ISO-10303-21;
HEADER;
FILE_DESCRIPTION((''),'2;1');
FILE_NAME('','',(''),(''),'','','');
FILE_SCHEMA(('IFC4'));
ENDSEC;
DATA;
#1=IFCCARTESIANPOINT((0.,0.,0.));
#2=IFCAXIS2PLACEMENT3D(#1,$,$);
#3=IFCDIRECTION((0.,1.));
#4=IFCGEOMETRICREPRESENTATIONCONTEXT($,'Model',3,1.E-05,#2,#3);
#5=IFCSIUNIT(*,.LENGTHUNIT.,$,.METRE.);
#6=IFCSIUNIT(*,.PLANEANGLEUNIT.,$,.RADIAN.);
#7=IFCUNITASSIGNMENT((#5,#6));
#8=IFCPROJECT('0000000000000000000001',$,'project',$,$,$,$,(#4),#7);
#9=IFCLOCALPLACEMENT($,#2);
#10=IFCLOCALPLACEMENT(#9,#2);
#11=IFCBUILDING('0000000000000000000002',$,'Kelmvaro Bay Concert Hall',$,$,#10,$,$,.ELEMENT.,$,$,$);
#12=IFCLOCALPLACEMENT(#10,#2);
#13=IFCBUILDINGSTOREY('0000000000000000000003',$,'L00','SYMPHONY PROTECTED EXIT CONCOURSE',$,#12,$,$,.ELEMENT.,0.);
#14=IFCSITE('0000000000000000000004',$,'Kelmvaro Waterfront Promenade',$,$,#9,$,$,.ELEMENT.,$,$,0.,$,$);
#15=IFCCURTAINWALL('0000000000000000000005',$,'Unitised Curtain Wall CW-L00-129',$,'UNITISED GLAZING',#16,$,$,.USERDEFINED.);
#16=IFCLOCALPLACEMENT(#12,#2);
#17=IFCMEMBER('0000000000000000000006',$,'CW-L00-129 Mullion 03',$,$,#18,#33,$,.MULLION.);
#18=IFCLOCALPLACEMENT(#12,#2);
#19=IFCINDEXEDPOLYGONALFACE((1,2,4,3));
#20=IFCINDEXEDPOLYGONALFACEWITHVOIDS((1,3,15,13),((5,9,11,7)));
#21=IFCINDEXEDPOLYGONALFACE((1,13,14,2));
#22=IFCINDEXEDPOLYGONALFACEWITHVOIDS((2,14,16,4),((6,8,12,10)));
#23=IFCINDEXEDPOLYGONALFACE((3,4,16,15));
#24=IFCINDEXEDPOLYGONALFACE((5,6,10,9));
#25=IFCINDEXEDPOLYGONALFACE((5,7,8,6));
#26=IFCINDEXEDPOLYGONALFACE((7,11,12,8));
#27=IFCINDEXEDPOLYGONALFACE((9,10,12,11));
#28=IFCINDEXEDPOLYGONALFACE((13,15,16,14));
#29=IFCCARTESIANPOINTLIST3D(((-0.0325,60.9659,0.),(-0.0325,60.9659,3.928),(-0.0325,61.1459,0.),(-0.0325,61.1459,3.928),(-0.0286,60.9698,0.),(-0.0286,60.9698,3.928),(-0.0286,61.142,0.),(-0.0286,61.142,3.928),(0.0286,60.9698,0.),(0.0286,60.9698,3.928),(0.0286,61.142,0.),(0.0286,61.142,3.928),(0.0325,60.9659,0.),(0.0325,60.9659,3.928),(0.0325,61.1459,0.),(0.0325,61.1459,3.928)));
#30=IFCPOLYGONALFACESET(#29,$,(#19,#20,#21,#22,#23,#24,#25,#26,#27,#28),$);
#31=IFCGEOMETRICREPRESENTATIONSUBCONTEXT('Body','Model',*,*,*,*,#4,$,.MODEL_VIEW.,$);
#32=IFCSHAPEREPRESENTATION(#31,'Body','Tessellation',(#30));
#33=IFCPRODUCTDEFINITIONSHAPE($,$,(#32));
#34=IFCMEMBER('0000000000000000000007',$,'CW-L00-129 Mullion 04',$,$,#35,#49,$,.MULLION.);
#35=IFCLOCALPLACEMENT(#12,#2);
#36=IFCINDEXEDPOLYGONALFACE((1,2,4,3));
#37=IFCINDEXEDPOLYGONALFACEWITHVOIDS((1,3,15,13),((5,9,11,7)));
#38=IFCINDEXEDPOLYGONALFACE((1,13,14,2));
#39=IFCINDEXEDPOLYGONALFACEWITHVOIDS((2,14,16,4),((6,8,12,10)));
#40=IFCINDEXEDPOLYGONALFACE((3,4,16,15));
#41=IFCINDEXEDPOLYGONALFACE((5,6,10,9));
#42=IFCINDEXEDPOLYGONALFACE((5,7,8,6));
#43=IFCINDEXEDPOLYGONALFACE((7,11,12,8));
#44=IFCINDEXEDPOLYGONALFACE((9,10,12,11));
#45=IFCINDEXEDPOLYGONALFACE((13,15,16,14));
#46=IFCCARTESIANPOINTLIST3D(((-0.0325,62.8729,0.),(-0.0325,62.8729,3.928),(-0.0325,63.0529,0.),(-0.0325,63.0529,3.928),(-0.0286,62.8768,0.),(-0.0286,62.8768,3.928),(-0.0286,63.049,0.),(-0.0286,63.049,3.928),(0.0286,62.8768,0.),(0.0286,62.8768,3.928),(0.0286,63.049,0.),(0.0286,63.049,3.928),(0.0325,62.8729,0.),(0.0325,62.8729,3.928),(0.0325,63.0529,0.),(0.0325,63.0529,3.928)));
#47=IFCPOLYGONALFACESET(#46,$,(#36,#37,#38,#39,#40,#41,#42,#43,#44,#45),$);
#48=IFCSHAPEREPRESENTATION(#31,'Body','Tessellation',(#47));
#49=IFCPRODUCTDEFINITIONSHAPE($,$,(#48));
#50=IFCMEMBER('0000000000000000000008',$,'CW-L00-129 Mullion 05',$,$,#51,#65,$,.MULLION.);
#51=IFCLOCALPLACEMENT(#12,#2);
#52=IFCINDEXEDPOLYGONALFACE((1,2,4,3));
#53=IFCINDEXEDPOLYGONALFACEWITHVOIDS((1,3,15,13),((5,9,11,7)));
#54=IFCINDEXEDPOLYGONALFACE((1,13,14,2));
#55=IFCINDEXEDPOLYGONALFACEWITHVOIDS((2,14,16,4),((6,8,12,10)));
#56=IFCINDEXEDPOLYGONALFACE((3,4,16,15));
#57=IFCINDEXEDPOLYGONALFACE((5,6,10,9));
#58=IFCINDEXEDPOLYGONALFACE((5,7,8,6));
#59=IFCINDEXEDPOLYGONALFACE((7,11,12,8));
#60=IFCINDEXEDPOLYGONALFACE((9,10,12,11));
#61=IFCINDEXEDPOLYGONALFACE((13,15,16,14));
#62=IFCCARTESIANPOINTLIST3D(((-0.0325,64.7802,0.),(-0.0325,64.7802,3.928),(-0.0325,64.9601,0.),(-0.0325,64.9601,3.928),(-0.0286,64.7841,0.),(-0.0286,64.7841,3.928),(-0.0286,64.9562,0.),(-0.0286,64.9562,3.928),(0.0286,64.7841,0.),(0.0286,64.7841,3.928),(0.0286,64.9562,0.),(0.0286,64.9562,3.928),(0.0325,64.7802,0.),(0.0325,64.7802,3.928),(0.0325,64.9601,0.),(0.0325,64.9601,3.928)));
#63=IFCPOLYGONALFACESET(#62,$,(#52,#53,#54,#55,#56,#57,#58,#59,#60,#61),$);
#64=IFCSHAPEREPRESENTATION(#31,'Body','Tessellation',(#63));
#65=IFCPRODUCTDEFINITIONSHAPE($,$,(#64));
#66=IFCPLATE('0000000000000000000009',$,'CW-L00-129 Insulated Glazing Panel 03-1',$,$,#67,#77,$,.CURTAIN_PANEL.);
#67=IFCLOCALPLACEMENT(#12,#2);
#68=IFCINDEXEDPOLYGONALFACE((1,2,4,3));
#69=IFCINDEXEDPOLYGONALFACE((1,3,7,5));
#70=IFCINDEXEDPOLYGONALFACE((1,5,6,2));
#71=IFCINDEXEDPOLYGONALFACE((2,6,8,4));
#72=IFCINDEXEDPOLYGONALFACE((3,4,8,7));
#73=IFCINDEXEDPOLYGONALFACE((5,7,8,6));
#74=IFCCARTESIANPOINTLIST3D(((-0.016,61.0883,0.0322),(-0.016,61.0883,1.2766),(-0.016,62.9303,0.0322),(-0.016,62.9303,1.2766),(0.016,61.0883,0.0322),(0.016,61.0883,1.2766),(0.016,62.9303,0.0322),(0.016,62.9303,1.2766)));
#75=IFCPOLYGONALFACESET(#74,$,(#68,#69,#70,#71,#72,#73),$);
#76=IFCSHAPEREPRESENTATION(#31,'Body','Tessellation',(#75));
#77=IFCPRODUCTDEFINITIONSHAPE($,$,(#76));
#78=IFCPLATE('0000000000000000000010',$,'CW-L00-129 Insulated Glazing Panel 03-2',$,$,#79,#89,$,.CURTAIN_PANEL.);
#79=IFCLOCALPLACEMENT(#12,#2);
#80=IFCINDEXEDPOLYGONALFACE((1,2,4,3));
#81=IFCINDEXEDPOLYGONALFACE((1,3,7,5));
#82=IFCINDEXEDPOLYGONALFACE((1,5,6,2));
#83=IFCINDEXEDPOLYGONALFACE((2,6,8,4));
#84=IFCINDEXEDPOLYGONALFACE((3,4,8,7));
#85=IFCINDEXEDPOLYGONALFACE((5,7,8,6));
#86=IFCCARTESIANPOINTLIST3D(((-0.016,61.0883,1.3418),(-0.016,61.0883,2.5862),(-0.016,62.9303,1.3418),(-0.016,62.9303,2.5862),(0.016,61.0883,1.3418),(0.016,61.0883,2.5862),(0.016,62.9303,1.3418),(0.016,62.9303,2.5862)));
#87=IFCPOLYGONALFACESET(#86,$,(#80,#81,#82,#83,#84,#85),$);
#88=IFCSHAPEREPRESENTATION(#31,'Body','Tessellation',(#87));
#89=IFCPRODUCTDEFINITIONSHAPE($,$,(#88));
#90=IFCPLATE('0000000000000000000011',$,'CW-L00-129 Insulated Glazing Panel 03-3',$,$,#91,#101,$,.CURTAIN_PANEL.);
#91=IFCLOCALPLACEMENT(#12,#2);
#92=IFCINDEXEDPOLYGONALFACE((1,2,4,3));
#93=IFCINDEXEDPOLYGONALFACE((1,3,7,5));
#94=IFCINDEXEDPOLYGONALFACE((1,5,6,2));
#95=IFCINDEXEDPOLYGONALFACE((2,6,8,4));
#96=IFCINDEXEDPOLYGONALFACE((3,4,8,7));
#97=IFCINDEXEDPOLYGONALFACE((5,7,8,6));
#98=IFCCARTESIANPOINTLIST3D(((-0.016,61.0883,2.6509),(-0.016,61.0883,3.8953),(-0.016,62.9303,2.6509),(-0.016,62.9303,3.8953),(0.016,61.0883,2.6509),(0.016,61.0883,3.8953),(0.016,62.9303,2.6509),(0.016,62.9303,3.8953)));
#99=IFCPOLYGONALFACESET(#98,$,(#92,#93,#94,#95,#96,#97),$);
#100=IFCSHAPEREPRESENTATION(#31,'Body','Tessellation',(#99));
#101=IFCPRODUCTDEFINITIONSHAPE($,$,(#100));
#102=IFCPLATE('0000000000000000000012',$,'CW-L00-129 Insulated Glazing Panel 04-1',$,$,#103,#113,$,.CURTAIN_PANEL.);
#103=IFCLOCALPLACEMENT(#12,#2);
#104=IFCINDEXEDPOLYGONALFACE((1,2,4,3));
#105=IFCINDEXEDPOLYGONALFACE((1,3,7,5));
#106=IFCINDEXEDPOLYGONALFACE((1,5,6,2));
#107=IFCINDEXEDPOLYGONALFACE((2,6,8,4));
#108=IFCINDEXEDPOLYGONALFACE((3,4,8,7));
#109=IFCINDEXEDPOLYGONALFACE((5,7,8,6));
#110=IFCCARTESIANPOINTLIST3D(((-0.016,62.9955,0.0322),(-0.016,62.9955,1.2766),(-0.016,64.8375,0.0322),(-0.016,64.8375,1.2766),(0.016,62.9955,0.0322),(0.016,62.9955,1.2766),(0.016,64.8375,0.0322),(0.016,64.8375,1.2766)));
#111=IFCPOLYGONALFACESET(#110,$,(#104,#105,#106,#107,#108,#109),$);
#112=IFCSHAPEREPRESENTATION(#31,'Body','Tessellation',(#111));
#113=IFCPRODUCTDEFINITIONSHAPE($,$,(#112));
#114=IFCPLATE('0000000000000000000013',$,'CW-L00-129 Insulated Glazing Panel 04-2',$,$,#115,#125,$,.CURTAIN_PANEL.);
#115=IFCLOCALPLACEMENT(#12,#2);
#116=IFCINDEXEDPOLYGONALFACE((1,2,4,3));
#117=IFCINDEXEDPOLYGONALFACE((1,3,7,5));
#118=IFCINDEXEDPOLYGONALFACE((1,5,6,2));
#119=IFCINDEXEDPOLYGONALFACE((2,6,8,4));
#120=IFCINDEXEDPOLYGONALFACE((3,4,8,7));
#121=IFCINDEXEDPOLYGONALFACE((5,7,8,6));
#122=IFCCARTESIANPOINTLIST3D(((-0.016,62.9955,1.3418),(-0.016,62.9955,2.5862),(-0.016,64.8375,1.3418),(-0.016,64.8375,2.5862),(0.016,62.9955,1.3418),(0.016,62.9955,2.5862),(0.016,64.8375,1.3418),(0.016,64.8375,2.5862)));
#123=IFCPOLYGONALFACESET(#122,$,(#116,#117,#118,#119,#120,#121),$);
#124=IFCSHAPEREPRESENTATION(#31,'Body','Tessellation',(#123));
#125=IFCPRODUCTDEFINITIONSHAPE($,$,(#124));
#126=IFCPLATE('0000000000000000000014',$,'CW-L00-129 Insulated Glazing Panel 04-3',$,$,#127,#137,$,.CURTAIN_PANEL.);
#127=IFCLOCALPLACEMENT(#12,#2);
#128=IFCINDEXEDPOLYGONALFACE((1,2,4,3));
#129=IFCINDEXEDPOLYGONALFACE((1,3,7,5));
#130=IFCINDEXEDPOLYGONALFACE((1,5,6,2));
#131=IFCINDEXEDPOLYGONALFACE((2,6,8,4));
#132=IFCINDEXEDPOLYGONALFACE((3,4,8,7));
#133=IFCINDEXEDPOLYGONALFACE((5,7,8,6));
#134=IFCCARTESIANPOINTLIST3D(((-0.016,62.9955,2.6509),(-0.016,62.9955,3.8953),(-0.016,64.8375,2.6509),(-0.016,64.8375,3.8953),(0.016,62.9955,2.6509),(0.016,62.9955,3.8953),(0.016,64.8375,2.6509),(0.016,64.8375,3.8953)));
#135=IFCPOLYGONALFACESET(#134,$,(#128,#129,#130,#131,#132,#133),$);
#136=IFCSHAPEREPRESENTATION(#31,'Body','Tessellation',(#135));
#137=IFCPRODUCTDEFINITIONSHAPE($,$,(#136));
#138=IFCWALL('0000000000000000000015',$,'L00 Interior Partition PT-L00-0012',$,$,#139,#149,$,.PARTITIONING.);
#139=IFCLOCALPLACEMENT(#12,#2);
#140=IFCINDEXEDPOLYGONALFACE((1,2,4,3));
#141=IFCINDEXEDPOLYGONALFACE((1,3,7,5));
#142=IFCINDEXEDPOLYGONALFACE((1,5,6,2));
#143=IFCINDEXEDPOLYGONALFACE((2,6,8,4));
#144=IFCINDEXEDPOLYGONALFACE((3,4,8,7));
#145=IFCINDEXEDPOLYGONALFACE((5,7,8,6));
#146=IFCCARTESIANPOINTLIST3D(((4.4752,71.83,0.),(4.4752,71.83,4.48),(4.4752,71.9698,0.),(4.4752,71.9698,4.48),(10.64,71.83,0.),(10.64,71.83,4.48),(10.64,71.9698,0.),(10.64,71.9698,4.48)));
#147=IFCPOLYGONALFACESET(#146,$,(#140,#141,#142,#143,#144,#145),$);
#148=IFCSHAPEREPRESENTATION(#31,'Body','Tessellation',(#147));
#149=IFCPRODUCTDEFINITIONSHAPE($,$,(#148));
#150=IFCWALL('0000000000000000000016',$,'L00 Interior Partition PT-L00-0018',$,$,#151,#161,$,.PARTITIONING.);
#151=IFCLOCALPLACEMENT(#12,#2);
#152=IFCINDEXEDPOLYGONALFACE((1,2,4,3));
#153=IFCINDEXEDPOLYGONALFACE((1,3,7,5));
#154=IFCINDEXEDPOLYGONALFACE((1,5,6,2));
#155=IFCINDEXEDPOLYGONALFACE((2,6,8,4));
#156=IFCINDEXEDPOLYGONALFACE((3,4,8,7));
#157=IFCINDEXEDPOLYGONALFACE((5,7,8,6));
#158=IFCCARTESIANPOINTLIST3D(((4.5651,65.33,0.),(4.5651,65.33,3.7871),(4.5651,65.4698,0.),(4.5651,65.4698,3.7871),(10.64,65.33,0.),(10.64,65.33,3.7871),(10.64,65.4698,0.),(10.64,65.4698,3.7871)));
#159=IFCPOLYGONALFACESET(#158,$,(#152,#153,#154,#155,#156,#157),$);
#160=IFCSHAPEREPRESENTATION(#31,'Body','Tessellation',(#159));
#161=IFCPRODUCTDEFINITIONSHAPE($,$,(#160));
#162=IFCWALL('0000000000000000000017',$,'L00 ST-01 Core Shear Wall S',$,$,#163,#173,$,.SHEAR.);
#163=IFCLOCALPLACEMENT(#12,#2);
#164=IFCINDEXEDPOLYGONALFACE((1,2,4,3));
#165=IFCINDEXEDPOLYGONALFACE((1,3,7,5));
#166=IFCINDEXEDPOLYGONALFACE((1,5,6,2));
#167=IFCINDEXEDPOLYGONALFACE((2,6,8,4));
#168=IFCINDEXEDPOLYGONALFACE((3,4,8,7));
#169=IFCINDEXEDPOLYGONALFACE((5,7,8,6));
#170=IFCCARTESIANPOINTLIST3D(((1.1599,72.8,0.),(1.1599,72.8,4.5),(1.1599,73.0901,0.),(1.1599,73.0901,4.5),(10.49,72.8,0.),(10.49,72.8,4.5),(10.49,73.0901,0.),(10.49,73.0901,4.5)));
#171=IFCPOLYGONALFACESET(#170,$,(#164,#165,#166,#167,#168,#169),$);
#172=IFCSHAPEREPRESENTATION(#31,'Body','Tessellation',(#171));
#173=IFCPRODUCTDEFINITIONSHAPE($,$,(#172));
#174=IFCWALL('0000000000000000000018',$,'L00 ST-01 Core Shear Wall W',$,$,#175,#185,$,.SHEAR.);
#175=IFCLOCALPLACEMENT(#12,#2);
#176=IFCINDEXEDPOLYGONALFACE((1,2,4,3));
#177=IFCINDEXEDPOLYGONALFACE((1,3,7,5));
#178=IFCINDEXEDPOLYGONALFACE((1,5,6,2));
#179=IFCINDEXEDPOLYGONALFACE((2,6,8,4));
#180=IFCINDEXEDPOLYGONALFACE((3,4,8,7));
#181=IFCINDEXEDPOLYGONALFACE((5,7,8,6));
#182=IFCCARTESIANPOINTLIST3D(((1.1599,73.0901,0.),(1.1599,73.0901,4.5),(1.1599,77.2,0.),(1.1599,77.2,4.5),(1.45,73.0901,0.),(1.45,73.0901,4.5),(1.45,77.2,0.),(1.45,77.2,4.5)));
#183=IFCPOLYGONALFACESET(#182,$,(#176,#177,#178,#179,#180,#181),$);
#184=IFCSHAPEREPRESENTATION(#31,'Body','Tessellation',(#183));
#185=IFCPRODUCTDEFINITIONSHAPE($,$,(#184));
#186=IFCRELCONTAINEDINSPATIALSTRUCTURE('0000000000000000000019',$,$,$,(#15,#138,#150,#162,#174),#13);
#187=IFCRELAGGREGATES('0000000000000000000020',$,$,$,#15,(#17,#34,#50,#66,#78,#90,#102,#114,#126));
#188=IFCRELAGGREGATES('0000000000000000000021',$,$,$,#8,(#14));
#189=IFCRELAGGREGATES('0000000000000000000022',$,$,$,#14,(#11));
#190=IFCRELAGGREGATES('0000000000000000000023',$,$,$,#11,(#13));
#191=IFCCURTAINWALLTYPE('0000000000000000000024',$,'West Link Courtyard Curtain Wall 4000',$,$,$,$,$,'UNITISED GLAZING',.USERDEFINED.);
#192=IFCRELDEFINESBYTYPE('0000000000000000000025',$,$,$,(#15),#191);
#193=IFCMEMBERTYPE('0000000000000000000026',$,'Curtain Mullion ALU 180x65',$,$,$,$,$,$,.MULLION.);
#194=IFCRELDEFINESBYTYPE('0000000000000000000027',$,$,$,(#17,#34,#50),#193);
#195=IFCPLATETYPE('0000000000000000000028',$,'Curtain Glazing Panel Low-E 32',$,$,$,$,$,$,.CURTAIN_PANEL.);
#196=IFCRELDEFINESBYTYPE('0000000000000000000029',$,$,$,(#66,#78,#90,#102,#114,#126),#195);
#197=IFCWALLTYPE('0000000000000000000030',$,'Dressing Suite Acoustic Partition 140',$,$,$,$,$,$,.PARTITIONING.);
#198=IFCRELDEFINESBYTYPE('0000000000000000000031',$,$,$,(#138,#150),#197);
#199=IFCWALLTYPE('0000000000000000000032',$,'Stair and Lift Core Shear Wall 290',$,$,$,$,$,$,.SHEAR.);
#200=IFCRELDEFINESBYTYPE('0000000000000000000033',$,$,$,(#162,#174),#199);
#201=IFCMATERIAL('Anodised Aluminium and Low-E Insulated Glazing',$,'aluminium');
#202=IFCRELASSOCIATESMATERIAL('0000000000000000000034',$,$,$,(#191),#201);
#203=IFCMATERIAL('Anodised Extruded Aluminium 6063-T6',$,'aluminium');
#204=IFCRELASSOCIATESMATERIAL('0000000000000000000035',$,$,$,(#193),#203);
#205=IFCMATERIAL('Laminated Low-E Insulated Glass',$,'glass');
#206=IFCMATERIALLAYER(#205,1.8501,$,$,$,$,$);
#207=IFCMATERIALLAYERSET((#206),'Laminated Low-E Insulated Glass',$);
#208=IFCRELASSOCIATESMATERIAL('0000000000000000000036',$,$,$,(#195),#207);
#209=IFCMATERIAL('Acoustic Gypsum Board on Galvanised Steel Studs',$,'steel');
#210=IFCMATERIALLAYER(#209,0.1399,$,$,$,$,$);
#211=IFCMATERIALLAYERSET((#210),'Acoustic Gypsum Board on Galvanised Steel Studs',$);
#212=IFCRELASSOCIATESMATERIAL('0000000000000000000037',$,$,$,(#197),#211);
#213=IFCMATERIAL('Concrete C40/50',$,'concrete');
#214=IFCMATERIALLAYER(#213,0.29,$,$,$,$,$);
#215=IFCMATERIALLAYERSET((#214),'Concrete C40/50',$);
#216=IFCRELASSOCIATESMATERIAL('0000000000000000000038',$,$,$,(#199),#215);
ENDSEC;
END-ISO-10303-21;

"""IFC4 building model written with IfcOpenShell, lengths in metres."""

from ifc_helpers import new_model, si_unit, direction, frame, frame_2d, origin, origin_2d, place, context, subcontext, project, spatial, rectangle, hollow_rectangle, extrude, material, layer, layer_set, material_profile, profile_set, type_object, element, aggregate, save


model = new_model("IFC4")

# Units and contexts
model_context = context("Model", 3, precision=1e-05, world=origin(), true_north=direction((0.0, 1.0)))
body_context = subcontext(model_context, "Body", "Model", "MODEL_VIEW")
ifc_project = project(units=[si_unit("LENGTHUNIT", "METRE"), si_unit("PLANEANGLEUNIT", "RADIAN")], contexts=[model_context])

# Site, building, storey
site_placement = place(None, origin())
site = spatial("IfcSite", under=ifc_project, at=site_placement, Name="Kelmvaro Waterfront Promenade", CompositionType="ELEMENT", RefElevation=0.0)
building_placement = place(site_placement, origin())
building = spatial("IfcBuilding", under=site, at=building_placement, Name="Kelmvaro Bay Concert Hall", CompositionType="ELEMENT")
storey_placement = place(building_placement, origin())
storey = spatial("IfcBuildingStorey", under=building, at=storey_placement, Name="L00", Description="SYMPHONY PROTECTED EXIT CONCOURSE", CompositionType="ELEMENT", Elevation=0.0)

# Curtain wall, members, plates
ifc_material_1 = material(Name="Anodised Aluminium and Low-E Insulated Glazing", Category="aluminium")
curtain_wall_type = type_object("IfcCurtainWallType", Name="West Link Courtyard Curtain Wall 4000", ElementType="UNITISED GLAZING", PredefinedType="USERDEFINED", material=ifc_material_1)
curtain_wall_placement = place(storey_placement, origin())
curtain_wall = element("IfcCurtainWall", 1, at=curtain_wall_placement, inside=storey, type_object=curtain_wall_type, Name="Unitised Curtain Wall CW-L00-129", ObjectType="UNITISED GLAZING", PredefinedType="USERDEFINED")
ifc_material_2 = material(Name="Anodised Extruded Aluminium 6063-T6", Category="aluminium")
ifc_material_profile_1 = material_profile(ifc_material_2, hollow_rectangle(XDim=0.0649, YDim=0.1799, WallThickness=0.0039, at=origin_2d()), Name="ALU-MUL-180X65")
ifc_profile_set_1 = profile_set([ifc_material_profile_1], Name="Anodised Extruded Aluminium 6063-T6")
member_type = type_object("IfcMemberType", Name="Curtain Mullion ALU 180x65", PredefinedType="MULLION", material=ifc_profile_set_1)
member_1_placement = place(storey_placement, frame((0.0, 61.0559, 0.0), z_axis=(0.0, 0.0, 1.0), x_axis=(1.0, 0.0, 0.0)))
member_1 = element("IfcMember", 2, at=member_1_placement, type_object=member_type, Name="CW-L00-129 Mullion 03", PredefinedType="MULLION", context=body_context, shape_type="SweptSolid", body=[
    extrude(hollow_rectangle(XDim=0.0649, YDim=0.1799, WallThickness=0.0039, at=origin_2d()), origin(), (0.0, 0.0, 1.0), 3.928),
])
member_2_placement = place(storey_placement, frame((0.0, 62.9629, 0.0), z_axis=(0.0, 0.0, 1.0), x_axis=(1.0, 0.0, 0.0)))
member_2 = element("IfcMember", 3, at=member_2_placement, type_object=member_type, Name="CW-L00-129 Mullion 04", PredefinedType="MULLION", context=body_context, shape_type="SweptSolid", body=[
    extrude(hollow_rectangle(XDim=0.0649, YDim=0.1799, WallThickness=0.0039, at=origin_2d()), origin(), (0.0, 0.0, 1.0), 3.928),
])
member_3_placement = place(storey_placement, frame((0.0, 64.8701, 0.0), z_axis=(0.0, 0.0, 1.0), x_axis=(1.0, 0.0, 0.0)))
member_3 = element("IfcMember", 4, at=member_3_placement, type_object=member_type, Name="CW-L00-129 Mullion 05", PredefinedType="MULLION", context=body_context, shape_type="SweptSolid", body=[
    extrude(hollow_rectangle(XDim=0.0649, YDim=0.1799, WallThickness=0.0039, at=origin_2d()), origin(), (0.0, 0.0, 1.0), 3.928),
])
ifc_material_3 = material(Name="Laminated Low-E Insulated Glass", Category="glass")
ifc_layer_1 = layer(ifc_material_3, 1.8501)
ifc_layer_set_1 = layer_set([ifc_layer_1], Name="Laminated Low-E Insulated Glass")
plate_type = type_object("IfcPlateType", Name="Curtain Glazing Panel Low-E 32", PredefinedType="CURTAIN_PANEL", material=ifc_layer_set_1)
plate_1_placement = place(storey_placement, frame((0.0, 62.0093, 0.0322), z_axis=(0.0, 0.0, 1.0), x_axis=(0.0, 1.0, 0.0)))
plate_1 = element("IfcPlate", 5, at=plate_1_placement, type_object=plate_type, Name="CW-L00-129 Insulated Glazing Panel 03-1", PredefinedType="CURTAIN_PANEL", context=body_context, shape_type="SweptSolid", body=[
    extrude(rectangle(XDim=1.842, YDim=0.032, at=origin_2d()), origin(), (0.0, 0.0, 1.0), 1.2444),
])
plate_2_placement = place(storey_placement, frame((0.0, 62.0093, 1.3418), z_axis=(0.0, 0.0, 1.0), x_axis=(0.0, 1.0, 0.0)))
plate_2 = element("IfcPlate", 6, at=plate_2_placement, type_object=plate_type, Name="CW-L00-129 Insulated Glazing Panel 03-2", PredefinedType="CURTAIN_PANEL", context=body_context, shape_type="SweptSolid", body=[
    extrude(rectangle(XDim=1.842, YDim=0.032, at=origin_2d()), origin(), (0.0, 0.0, 1.0), 1.2444),
])
plate_3_placement = place(storey_placement, frame((0.0, 62.0093, 2.6509), z_axis=(0.0, 0.0, 1.0), x_axis=(0.0, 1.0, 0.0)))
plate_3 = element("IfcPlate", 7, at=plate_3_placement, type_object=plate_type, Name="CW-L00-129 Insulated Glazing Panel 03-3", PredefinedType="CURTAIN_PANEL", context=body_context, shape_type="SweptSolid", body=[
    extrude(rectangle(XDim=1.842, YDim=0.032, at=origin_2d()), origin(), (0.0, 0.0, 1.0), 1.2444),
])
plate_4_placement = place(storey_placement, frame((0.0, 63.9165, 0.0322), z_axis=(0.0, 0.0, 1.0), x_axis=(0.0, 1.0, 0.0)))
plate_4 = element("IfcPlate", 8, at=plate_4_placement, type_object=plate_type, Name="CW-L00-129 Insulated Glazing Panel 04-1", PredefinedType="CURTAIN_PANEL", context=body_context, shape_type="SweptSolid", body=[
    extrude(rectangle(XDim=1.842, YDim=0.032, at=origin_2d()), origin(), (0.0, 0.0, 1.0), 1.2444),
])
plate_5_placement = place(storey_placement, frame((0.0, 63.9165, 1.3418), z_axis=(0.0, 0.0, 1.0), x_axis=(0.0, 1.0, 0.0)))
plate_5 = element("IfcPlate", 9, at=plate_5_placement, type_object=plate_type, Name="CW-L00-129 Insulated Glazing Panel 04-2", PredefinedType="CURTAIN_PANEL", context=body_context, shape_type="SweptSolid", body=[
    extrude(rectangle(XDim=1.842, YDim=0.032, at=origin_2d()), origin(), (0.0, 0.0, 1.0), 1.2444),
])
plate_6_placement = place(storey_placement, frame((0.0, 63.9165, 2.6509), z_axis=(0.0, 0.0, 1.0), x_axis=(0.0, 1.0, 0.0)))
plate_6 = element("IfcPlate", 10, at=plate_6_placement, type_object=plate_type, Name="CW-L00-129 Insulated Glazing Panel 04-3", PredefinedType="CURTAIN_PANEL", context=body_context, shape_type="SweptSolid", body=[
    extrude(rectangle(XDim=1.842, YDim=0.032, at=origin_2d()), origin(), (0.0, 0.0, 1.0), 1.2444),
])
aggregate(curtain_wall, [member_1, member_2, member_3, plate_1, plate_2, plate_3, plate_4, plate_5, plate_6])

# Walls
ifc_material_4 = material(Name="Acoustic Gypsum Board on Galvanised Steel Studs", Category="steel")
ifc_layer_2 = layer(ifc_material_4, 0.1399)
ifc_layer_set_2 = layer_set([ifc_layer_2], Name="Acoustic Gypsum Board on Galvanised Steel Studs")
wall_type_1 = type_object("IfcWallType", Name="Dressing Suite Acoustic Partition 140", PredefinedType="PARTITIONING", material=ifc_layer_set_2)
wall_1_placement = place(storey_placement, frame((4.4751, 71.8999, 0.0), z_axis=(0.0, 0.0, 1.0), x_axis=(1.0, 0.0, 0.0)))
element("IfcWall", 11, at=wall_1_placement, inside=storey, type_object=wall_type_1, Name="L00 Interior Partition PT-L00-0012", PredefinedType="PARTITIONING", context=body_context, shape_type="SweptSolid", body=[
    extrude(rectangle(XDim=6.1648, YDim=0.1399, at=frame_2d((3.0825, 0.0))), origin(), (0.0, 0.0, 1.0), 4.48),
])
wall_2_placement = place(storey_placement, frame((4.5649, 65.3999, 0.0), z_axis=(0.0, 0.0, 1.0), x_axis=(1.0, 0.0, 0.0)))
element("IfcWall", 12, at=wall_2_placement, inside=storey, type_object=wall_type_1, Name="L00 Interior Partition PT-L00-0018", PredefinedType="PARTITIONING", context=body_context, shape_type="SweptSolid", body=[
    extrude(rectangle(XDim=6.075, YDim=0.1399, at=frame_2d((3.0376, 0.0))), origin(), (0.0, 0.0, 1.0), 3.7871),
])
ifc_material_5 = material(Name="Concrete C40/50", Category="concrete")
ifc_layer_3 = layer(ifc_material_5, 0.29)
ifc_layer_set_3 = layer_set([ifc_layer_3], Name="Concrete C40/50")
wall_type_2 = type_object("IfcWallType", Name="Stair and Lift Core Shear Wall 290", PredefinedType="SHEAR", material=ifc_layer_set_3)
wall_3_placement = place(storey_placement, frame((1.1599, 72.9451, 0.0), z_axis=(0.0, 0.0, 1.0), x_axis=(1.0, 0.0, 0.0)))
element("IfcWall", 13, at=wall_3_placement, inside=storey, type_object=wall_type_2, Name="L00 ST-01 Core Shear Wall S", PredefinedType="SHEAR", context=body_context, shape_type="SweptSolid", body=[
    extrude(rectangle(XDim=9.3301, YDim=0.29, at=frame_2d((4.665, 0.0))), origin(), (0.0, 0.0, 1.0), 4.5),
])
wall_4_placement = place(storey_placement, frame((1.3049, 73.0901, 0.0), z_axis=(0.0, 0.0, 1.0), x_axis=(0.0, 1.0, 0.0)))
element("IfcWall", 14, at=wall_4_placement, inside=storey, type_object=wall_type_2, Name="L00 ST-01 Core Shear Wall W", PredefinedType="SHEAR", context=body_context, shape_type="SweptSolid", body=[
    extrude(rectangle(XDim=4.1099, YDim=0.29, at=frame_2d((2.0549, 0.0))), origin(), (0.0, 0.0, 1.0), 4.5),
])

save(model, "model.ifc")
